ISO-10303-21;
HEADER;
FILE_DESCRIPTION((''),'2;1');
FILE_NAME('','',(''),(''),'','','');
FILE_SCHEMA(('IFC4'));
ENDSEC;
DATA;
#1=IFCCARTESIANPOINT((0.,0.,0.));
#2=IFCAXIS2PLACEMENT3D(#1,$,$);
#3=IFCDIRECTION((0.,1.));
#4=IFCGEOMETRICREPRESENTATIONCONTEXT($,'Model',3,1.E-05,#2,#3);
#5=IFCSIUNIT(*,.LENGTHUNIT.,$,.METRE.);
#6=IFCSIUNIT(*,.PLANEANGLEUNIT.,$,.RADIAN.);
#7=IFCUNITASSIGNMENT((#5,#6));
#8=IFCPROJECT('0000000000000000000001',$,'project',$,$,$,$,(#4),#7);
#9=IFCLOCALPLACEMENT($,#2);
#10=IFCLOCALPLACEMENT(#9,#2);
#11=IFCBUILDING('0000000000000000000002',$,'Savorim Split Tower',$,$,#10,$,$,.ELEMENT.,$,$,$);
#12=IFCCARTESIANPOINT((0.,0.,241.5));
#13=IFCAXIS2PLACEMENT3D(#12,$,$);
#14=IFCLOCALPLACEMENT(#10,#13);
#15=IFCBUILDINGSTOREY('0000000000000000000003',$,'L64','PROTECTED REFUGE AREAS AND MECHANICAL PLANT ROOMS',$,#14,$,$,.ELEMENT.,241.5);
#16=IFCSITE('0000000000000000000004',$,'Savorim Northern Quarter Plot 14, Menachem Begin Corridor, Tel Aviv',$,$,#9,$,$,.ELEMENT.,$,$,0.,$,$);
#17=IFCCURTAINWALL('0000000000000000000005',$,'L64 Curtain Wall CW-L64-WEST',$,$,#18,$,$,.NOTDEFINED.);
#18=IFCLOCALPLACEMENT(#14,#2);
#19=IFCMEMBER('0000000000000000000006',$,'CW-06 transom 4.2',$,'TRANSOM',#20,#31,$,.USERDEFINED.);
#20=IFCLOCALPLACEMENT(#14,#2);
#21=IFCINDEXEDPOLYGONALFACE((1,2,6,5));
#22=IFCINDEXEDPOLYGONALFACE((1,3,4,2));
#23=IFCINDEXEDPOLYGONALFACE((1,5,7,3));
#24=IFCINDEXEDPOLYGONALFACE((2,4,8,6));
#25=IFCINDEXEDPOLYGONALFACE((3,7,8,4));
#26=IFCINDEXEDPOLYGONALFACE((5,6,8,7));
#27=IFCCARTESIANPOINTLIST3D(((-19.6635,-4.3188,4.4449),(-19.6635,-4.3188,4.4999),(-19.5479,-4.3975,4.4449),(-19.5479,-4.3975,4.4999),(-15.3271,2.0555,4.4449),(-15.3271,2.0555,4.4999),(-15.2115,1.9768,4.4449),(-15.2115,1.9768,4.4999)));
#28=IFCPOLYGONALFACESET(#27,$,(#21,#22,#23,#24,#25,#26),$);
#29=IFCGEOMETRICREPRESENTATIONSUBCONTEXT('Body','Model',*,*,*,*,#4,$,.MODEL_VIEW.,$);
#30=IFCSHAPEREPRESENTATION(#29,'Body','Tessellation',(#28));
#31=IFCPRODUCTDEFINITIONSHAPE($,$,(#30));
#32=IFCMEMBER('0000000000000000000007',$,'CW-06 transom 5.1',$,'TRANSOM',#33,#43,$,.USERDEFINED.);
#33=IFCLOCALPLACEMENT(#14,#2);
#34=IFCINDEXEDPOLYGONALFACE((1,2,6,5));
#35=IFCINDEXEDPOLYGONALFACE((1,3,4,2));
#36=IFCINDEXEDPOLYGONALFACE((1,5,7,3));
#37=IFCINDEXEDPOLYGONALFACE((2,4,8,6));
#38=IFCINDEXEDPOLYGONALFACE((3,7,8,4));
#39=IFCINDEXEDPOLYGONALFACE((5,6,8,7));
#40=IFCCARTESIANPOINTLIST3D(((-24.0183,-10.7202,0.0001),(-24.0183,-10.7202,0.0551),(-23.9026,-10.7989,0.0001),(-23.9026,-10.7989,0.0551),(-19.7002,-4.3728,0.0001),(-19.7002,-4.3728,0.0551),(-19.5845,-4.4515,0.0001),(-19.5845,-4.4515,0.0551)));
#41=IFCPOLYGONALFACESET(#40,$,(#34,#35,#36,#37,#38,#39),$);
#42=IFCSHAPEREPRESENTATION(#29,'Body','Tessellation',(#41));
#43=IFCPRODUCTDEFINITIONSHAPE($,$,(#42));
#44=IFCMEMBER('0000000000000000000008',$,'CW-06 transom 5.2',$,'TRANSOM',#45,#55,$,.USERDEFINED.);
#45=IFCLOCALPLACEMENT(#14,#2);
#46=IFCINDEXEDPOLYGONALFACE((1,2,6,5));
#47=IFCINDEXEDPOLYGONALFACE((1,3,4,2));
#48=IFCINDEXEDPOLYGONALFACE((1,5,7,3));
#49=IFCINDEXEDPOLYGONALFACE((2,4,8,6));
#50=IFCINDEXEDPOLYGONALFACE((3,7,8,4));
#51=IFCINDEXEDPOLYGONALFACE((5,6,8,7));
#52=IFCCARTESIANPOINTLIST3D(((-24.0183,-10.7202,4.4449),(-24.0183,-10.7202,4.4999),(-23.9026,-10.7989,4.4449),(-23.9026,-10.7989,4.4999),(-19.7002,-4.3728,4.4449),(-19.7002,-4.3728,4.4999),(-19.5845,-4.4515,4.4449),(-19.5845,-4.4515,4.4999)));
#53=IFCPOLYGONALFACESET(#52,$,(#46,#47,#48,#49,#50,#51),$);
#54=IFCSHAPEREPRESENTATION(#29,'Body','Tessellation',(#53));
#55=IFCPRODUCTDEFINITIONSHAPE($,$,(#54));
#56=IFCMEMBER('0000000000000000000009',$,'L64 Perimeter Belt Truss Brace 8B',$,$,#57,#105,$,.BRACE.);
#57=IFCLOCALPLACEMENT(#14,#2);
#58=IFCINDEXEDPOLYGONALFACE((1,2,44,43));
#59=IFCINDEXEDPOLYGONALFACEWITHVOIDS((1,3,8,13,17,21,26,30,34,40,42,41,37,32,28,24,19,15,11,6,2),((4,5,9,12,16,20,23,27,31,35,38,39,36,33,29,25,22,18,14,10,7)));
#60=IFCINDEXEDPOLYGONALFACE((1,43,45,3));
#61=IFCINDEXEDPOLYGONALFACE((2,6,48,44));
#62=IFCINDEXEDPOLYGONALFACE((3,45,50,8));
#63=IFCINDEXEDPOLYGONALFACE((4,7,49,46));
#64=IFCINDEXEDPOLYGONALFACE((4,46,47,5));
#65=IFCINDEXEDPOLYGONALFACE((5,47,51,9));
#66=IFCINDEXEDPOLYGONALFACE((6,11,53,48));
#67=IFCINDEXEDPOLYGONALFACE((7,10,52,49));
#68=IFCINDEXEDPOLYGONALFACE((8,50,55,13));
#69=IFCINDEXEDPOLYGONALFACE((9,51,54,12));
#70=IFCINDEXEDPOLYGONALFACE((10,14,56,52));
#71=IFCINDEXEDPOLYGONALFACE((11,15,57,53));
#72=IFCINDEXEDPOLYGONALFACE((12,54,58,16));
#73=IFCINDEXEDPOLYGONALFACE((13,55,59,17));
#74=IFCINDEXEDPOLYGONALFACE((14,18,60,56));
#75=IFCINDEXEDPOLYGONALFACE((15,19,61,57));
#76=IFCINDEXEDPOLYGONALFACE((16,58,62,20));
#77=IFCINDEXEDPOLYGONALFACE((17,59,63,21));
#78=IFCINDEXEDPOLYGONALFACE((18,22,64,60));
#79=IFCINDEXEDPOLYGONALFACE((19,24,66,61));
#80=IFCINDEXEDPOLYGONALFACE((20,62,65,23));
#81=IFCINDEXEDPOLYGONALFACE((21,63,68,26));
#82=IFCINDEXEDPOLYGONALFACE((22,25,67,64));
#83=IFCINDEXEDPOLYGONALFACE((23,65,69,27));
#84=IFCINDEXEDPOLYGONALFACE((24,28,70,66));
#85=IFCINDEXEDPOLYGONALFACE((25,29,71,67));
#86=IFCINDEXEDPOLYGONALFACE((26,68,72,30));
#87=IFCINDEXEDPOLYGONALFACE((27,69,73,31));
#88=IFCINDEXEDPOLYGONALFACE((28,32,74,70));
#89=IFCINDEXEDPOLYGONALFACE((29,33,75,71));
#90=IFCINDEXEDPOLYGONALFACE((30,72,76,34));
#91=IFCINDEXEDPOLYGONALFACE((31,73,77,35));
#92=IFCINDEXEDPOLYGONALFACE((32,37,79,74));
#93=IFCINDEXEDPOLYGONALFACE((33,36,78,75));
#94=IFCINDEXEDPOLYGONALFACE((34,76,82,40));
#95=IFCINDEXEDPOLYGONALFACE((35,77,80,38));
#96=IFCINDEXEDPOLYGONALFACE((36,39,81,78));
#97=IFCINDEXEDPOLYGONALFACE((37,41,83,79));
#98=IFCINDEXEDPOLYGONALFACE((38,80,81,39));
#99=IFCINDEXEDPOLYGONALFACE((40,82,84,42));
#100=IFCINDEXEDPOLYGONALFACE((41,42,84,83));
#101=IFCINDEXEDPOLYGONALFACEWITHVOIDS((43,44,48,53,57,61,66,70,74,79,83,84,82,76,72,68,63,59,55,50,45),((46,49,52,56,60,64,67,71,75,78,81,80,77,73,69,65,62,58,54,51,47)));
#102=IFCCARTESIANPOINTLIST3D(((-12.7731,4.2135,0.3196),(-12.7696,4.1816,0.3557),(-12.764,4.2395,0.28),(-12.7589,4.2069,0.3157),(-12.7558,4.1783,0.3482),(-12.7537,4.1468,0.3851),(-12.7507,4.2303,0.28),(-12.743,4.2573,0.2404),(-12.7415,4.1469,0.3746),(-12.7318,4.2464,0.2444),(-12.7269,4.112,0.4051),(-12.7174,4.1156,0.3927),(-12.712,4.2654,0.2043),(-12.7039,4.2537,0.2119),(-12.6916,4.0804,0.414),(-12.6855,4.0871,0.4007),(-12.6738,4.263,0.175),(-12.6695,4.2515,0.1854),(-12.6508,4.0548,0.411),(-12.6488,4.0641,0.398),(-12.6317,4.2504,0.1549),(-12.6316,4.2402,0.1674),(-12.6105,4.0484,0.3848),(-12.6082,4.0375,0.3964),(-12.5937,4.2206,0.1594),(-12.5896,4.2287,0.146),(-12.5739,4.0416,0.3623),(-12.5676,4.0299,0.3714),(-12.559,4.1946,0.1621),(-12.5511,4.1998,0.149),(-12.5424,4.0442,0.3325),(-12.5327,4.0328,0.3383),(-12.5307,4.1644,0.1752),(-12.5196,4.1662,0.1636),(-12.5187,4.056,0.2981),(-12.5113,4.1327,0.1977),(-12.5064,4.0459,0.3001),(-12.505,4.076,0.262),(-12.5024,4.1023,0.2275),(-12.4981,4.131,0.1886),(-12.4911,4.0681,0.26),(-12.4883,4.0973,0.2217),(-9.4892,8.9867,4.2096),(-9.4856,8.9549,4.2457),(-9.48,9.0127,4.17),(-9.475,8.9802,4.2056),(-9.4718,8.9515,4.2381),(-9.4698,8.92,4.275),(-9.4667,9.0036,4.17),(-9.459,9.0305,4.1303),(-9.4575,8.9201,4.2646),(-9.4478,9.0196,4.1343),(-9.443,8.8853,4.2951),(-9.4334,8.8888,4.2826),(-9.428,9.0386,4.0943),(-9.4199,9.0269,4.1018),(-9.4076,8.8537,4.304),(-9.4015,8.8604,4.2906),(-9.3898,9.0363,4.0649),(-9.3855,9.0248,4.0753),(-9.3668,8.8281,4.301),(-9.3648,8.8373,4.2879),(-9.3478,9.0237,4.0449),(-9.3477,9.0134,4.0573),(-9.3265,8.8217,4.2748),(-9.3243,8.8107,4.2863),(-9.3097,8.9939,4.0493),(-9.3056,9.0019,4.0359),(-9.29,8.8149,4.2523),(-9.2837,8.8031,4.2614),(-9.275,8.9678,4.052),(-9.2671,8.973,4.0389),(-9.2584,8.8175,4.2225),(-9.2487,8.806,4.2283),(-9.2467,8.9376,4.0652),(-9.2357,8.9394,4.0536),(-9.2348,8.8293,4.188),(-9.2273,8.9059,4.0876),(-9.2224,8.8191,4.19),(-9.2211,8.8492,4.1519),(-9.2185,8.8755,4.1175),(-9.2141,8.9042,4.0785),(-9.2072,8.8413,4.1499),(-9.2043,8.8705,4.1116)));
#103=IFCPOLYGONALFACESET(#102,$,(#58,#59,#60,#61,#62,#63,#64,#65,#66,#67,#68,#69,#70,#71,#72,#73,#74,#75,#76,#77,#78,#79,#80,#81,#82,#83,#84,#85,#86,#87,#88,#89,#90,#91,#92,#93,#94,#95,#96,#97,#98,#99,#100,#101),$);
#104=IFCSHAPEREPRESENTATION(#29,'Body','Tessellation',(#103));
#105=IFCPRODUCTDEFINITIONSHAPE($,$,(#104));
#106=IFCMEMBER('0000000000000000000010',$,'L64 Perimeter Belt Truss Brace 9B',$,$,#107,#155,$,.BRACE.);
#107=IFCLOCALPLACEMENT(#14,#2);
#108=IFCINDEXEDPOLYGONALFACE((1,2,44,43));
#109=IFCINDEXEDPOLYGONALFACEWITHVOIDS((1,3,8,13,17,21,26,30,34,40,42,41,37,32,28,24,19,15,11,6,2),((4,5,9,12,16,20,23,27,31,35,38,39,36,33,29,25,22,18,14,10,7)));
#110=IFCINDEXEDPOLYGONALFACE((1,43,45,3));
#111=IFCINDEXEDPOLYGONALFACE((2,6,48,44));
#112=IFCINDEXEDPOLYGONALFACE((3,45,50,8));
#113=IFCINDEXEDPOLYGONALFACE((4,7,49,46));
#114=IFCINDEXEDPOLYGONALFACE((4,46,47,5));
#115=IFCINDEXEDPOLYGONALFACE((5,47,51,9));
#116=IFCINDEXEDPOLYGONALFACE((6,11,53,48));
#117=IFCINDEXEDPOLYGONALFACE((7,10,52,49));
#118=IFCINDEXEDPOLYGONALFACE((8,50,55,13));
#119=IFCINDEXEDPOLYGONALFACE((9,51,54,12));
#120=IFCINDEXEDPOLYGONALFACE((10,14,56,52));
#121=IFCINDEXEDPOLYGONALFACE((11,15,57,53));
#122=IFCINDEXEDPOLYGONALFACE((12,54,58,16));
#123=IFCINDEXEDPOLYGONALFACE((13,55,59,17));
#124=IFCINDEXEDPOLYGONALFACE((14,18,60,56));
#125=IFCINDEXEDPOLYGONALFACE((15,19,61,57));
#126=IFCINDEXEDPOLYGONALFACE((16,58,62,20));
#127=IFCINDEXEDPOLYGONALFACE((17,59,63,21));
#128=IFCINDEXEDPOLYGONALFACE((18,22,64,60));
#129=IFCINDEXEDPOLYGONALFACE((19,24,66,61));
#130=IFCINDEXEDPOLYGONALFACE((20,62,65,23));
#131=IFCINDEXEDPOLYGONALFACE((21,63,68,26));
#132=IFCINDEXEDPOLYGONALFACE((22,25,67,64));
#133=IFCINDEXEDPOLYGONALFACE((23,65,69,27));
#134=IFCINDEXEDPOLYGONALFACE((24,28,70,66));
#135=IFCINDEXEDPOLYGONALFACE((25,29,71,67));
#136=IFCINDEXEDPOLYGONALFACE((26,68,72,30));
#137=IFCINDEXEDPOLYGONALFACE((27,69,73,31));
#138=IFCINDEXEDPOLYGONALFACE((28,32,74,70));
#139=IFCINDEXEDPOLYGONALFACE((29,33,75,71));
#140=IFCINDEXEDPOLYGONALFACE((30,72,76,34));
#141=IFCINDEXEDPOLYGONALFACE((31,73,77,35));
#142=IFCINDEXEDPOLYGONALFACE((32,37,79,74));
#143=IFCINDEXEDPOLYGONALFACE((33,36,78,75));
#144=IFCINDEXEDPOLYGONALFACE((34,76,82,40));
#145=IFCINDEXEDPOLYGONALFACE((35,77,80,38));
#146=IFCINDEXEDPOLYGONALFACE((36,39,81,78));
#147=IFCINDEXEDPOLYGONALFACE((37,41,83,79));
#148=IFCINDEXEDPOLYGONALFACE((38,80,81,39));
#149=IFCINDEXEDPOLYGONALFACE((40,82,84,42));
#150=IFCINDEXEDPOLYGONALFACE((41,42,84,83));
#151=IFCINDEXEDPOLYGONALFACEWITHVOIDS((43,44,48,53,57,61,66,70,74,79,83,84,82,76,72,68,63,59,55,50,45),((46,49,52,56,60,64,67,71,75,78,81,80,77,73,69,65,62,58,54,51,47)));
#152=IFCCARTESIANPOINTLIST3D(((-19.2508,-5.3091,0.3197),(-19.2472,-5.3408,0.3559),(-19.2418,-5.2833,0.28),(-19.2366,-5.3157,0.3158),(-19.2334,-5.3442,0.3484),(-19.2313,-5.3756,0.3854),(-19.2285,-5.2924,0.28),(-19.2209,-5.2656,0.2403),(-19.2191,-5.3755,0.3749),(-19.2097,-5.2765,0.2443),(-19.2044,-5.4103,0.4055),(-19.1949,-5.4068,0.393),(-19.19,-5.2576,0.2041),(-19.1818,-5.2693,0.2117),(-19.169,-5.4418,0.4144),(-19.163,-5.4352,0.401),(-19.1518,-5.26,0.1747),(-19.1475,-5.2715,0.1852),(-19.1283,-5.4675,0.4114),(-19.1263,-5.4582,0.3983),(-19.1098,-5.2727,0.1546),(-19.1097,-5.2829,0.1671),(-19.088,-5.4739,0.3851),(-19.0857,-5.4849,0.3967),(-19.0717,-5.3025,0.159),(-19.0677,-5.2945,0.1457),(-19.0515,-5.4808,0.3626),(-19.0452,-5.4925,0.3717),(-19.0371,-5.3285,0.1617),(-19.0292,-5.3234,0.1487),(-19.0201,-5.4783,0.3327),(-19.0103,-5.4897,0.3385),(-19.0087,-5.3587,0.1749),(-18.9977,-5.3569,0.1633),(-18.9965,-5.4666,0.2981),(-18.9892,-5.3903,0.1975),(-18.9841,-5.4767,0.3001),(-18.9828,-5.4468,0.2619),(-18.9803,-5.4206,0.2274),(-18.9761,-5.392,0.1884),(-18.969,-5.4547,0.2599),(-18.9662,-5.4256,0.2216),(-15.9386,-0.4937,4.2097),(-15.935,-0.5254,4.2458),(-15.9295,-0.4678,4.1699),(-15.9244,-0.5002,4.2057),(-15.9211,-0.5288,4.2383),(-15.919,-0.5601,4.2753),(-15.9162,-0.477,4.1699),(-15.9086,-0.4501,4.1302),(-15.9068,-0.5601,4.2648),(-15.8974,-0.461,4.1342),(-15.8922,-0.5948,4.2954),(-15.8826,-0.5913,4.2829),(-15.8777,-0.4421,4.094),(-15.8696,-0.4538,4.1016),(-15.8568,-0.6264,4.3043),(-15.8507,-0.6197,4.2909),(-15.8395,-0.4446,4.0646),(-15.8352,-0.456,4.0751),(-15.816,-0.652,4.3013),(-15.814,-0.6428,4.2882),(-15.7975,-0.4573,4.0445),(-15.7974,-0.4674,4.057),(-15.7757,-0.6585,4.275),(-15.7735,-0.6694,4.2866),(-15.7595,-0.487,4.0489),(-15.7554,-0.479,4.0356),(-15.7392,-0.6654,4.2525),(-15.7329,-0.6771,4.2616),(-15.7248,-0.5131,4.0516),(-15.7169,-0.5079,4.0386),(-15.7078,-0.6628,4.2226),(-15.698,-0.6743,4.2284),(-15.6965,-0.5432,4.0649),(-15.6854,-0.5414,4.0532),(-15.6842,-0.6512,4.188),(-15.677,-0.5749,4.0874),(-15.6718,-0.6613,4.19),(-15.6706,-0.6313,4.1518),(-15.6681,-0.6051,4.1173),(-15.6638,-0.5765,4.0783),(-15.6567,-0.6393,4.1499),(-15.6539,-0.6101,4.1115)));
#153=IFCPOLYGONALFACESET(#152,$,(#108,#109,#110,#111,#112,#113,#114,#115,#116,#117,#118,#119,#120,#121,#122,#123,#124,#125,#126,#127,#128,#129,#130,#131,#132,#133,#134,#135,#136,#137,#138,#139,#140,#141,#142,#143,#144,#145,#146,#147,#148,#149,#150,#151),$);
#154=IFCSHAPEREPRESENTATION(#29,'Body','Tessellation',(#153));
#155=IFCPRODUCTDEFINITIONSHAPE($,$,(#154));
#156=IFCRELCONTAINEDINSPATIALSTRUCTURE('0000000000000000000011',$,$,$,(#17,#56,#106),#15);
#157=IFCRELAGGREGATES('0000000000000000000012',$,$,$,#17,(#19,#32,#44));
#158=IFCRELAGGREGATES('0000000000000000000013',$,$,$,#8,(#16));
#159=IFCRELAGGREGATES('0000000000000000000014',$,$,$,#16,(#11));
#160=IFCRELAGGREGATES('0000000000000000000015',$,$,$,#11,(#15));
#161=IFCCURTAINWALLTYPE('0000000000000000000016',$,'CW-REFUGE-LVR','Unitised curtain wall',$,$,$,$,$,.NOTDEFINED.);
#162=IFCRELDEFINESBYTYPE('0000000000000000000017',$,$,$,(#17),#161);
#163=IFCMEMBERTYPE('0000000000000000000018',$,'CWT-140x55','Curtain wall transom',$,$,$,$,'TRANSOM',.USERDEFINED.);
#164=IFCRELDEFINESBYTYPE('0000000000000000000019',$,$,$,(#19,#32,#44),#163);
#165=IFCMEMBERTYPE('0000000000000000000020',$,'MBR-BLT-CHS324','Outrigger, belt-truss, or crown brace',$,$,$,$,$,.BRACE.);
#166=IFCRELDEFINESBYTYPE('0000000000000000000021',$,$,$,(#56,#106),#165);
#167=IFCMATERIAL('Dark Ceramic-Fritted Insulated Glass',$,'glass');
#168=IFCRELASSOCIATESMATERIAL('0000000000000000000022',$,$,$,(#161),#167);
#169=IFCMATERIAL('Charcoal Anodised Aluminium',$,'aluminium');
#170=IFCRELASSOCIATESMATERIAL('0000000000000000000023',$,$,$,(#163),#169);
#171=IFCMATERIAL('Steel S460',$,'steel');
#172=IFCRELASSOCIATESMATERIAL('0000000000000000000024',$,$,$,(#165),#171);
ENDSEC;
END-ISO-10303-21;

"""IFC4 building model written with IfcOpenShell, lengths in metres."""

from ifc_helpers import new_model, si_unit, direction, frame, origin, origin_2d, place, context, subcontext, project, spatial, rectangle, hollow_circle, extrude, material, material_profile, profile_set, type_object, element, aggregate, save


model = new_model("IFC4")

# Units and contexts
model_context = context("Model", 3, precision=1e-05, world=origin(), true_north=direction((0.0, 1.0)))
body_context = subcontext(model_context, "Body", "Model", "MODEL_VIEW")
ifc_project = project(units=[si_unit("LENGTHUNIT", "METRE"), si_unit("PLANEANGLEUNIT", "RADIAN")], contexts=[model_context])

# Site, building, storey
site_placement = place(None, origin())
site = spatial("IfcSite", under=ifc_project, at=site_placement, Name="Savorim Northern Quarter Plot 14, Menachem Begin Corridor, Tel Aviv", CompositionType="ELEMENT", RefElevation=0.0)
building_placement = place(site_placement, origin())
building = spatial("IfcBuilding", under=site, at=building_placement, Name="Savorim Split Tower", CompositionType="ELEMENT")
storey_placement = place(building_placement, frame((0.0, 0.0, 241.5)))
storey = spatial("IfcBuildingStorey", under=building, at=storey_placement, Name="L64", Description="PROTECTED REFUGE AREAS AND MECHANICAL PLANT ROOMS", CompositionType="ELEMENT", Elevation=241.5)

# Curtain wall, members
ifc_material_1 = material(Name="Dark Ceramic-Fritted Insulated Glass", Category="glass")
curtain_wall_type = type_object("IfcCurtainWallType", Name="CW-REFUGE-LVR", Description="Unitised curtain wall", PredefinedType="NOTDEFINED", material=ifc_material_1)
curtain_wall_placement = place(storey_placement, origin())
curtain_wall = element("IfcCurtainWall", 1, at=curtain_wall_placement, inside=storey, type_object=curtain_wall_type, Name="L64 Curtain Wall CW-L64-WEST", PredefinedType="NOTDEFINED")
ifc_material_2 = material(Name="Charcoal Anodised Aluminium", Category="aluminium")
ifc_material_profile_1 = material_profile(ifc_material_2, rectangle(XDim=0.1399, YDim=0.0549, at=origin_2d()), Name="ALU-T 140x55")
ifc_profile_set_1 = profile_set([ifc_material_profile_1], Name="Charcoal Anodised Aluminium")
member_type_1 = type_object("IfcMemberType", Name="CWT-140x55", Description="Curtain wall transom", ElementType="TRANSOM", PredefinedType="USERDEFINED", material=ifc_profile_set_1)
member_1_placement = place(storey_placement, frame((-15.2693, 2.0161, 4.4724), z_axis=(-0.562481, -0.82681, 0.0), x_axis=(0.82681, -0.562481, 0.0)))
member_1 = element("IfcMember", 2, at=member_1_placement, type_object=member_type_1, Name="CW-06 transom 4.2", ObjectType="TRANSOM", PredefinedType="USERDEFINED", context=body_context, shape_type="SweptSolid", body=[
    extrude(rectangle(XDim=0.1399, YDim=0.0549, at=origin_2d()), origin(), (0.0, 0.0, 1.0), 7.7095),
])
member_2_placement = place(storey_placement, frame((-19.6423, -4.4121, 0.0276), z_axis=(-0.562477, -0.826813, 0.0), x_axis=(0.826813, -0.562477, 0.0)))
member_2 = element("IfcMember", 3, at=member_2_placement, type_object=member_type_1, Name="CW-06 transom 5.1", ObjectType="TRANSOM", PredefinedType="USERDEFINED", context=body_context, shape_type="SweptSolid", body=[
    extrude(rectangle(XDim=0.1399, YDim=0.0549, at=origin_2d()), origin(), (0.0, 0.0, 1.0), 7.677),
])
member_3_placement = place(storey_placement, frame((-19.6423, -4.4121, 4.4724), z_axis=(-0.562477, -0.826813, 0.0), x_axis=(0.826813, -0.562477, 0.0)))
member_3 = element("IfcMember", 4, at=member_3_placement, type_object=member_type_1, Name="CW-06 transom 5.2", ObjectType="TRANSOM", PredefinedType="USERDEFINED", context=body_context, shape_type="SweptSolid", body=[
    extrude(rectangle(XDim=0.1399, YDim=0.0549, at=origin_2d()), origin(), (0.0, 0.0, 1.0), 7.677),
])

# Members
ifc_material_3 = material(Name="Steel S460", Category="steel")
ifc_material_profile_2 = material_profile(ifc_material_3, hollow_circle(Radius=0.1619, WallThickness=0.0161, at=origin_2d()), Name="CHS 323.9x16")
ifc_profile_set_2 = profile_set([ifc_material_profile_2], Name="Steel S460")
member_type_2 = type_object("IfcMemberType", Name="MBR-BLT-CHS324", Description="Outrigger, belt-truss, or crown brace", PredefinedType="BRACE", material=ifc_profile_set_2)
member_4_placement = place(storey_placement, frame((-12.6306, 4.1477, 0.28), z_axis=(0.470582, 0.68399, 0.557414), x_axis=(-0.823851, 0.566806, 0.0)))
element("IfcMember", 5, at=member_4_placement, inside=storey, type_object=member_type_2, Name="L64 Perimeter Belt Truss Brace 8B", PredefinedType="BRACE", context=body_context, shape_type="SweptSolid", body=[
    extrude(hollow_circle(Radius=0.1619, WallThickness=0.0161, at=origin_2d()), origin(), (0.0, 0.0, 1.0), 6.9785),
])
member_5_placement = place(storey_placement, frame((-19.1084, -5.375, 0.28), z_axis=(0.471782, 0.685887, 0.554058), x_axis=(-0.82391, 0.56672, 0.0)))
element("IfcMember", 6, at=member_5_placement, inside=storey, type_object=member_type_2, Name="L64 Perimeter Belt Truss Brace 9B", PredefinedType="BRACE", context=body_context, shape_type="SweptSolid", body=[
    extrude(hollow_circle(Radius=0.1619, WallThickness=0.0161, at=origin_2d()), origin(), (0.0, 0.0, 1.0), 7.0208),
])

aggregate(curtain_wall, [member_1, member_2, member_3])

save(model, "model.ifc")
